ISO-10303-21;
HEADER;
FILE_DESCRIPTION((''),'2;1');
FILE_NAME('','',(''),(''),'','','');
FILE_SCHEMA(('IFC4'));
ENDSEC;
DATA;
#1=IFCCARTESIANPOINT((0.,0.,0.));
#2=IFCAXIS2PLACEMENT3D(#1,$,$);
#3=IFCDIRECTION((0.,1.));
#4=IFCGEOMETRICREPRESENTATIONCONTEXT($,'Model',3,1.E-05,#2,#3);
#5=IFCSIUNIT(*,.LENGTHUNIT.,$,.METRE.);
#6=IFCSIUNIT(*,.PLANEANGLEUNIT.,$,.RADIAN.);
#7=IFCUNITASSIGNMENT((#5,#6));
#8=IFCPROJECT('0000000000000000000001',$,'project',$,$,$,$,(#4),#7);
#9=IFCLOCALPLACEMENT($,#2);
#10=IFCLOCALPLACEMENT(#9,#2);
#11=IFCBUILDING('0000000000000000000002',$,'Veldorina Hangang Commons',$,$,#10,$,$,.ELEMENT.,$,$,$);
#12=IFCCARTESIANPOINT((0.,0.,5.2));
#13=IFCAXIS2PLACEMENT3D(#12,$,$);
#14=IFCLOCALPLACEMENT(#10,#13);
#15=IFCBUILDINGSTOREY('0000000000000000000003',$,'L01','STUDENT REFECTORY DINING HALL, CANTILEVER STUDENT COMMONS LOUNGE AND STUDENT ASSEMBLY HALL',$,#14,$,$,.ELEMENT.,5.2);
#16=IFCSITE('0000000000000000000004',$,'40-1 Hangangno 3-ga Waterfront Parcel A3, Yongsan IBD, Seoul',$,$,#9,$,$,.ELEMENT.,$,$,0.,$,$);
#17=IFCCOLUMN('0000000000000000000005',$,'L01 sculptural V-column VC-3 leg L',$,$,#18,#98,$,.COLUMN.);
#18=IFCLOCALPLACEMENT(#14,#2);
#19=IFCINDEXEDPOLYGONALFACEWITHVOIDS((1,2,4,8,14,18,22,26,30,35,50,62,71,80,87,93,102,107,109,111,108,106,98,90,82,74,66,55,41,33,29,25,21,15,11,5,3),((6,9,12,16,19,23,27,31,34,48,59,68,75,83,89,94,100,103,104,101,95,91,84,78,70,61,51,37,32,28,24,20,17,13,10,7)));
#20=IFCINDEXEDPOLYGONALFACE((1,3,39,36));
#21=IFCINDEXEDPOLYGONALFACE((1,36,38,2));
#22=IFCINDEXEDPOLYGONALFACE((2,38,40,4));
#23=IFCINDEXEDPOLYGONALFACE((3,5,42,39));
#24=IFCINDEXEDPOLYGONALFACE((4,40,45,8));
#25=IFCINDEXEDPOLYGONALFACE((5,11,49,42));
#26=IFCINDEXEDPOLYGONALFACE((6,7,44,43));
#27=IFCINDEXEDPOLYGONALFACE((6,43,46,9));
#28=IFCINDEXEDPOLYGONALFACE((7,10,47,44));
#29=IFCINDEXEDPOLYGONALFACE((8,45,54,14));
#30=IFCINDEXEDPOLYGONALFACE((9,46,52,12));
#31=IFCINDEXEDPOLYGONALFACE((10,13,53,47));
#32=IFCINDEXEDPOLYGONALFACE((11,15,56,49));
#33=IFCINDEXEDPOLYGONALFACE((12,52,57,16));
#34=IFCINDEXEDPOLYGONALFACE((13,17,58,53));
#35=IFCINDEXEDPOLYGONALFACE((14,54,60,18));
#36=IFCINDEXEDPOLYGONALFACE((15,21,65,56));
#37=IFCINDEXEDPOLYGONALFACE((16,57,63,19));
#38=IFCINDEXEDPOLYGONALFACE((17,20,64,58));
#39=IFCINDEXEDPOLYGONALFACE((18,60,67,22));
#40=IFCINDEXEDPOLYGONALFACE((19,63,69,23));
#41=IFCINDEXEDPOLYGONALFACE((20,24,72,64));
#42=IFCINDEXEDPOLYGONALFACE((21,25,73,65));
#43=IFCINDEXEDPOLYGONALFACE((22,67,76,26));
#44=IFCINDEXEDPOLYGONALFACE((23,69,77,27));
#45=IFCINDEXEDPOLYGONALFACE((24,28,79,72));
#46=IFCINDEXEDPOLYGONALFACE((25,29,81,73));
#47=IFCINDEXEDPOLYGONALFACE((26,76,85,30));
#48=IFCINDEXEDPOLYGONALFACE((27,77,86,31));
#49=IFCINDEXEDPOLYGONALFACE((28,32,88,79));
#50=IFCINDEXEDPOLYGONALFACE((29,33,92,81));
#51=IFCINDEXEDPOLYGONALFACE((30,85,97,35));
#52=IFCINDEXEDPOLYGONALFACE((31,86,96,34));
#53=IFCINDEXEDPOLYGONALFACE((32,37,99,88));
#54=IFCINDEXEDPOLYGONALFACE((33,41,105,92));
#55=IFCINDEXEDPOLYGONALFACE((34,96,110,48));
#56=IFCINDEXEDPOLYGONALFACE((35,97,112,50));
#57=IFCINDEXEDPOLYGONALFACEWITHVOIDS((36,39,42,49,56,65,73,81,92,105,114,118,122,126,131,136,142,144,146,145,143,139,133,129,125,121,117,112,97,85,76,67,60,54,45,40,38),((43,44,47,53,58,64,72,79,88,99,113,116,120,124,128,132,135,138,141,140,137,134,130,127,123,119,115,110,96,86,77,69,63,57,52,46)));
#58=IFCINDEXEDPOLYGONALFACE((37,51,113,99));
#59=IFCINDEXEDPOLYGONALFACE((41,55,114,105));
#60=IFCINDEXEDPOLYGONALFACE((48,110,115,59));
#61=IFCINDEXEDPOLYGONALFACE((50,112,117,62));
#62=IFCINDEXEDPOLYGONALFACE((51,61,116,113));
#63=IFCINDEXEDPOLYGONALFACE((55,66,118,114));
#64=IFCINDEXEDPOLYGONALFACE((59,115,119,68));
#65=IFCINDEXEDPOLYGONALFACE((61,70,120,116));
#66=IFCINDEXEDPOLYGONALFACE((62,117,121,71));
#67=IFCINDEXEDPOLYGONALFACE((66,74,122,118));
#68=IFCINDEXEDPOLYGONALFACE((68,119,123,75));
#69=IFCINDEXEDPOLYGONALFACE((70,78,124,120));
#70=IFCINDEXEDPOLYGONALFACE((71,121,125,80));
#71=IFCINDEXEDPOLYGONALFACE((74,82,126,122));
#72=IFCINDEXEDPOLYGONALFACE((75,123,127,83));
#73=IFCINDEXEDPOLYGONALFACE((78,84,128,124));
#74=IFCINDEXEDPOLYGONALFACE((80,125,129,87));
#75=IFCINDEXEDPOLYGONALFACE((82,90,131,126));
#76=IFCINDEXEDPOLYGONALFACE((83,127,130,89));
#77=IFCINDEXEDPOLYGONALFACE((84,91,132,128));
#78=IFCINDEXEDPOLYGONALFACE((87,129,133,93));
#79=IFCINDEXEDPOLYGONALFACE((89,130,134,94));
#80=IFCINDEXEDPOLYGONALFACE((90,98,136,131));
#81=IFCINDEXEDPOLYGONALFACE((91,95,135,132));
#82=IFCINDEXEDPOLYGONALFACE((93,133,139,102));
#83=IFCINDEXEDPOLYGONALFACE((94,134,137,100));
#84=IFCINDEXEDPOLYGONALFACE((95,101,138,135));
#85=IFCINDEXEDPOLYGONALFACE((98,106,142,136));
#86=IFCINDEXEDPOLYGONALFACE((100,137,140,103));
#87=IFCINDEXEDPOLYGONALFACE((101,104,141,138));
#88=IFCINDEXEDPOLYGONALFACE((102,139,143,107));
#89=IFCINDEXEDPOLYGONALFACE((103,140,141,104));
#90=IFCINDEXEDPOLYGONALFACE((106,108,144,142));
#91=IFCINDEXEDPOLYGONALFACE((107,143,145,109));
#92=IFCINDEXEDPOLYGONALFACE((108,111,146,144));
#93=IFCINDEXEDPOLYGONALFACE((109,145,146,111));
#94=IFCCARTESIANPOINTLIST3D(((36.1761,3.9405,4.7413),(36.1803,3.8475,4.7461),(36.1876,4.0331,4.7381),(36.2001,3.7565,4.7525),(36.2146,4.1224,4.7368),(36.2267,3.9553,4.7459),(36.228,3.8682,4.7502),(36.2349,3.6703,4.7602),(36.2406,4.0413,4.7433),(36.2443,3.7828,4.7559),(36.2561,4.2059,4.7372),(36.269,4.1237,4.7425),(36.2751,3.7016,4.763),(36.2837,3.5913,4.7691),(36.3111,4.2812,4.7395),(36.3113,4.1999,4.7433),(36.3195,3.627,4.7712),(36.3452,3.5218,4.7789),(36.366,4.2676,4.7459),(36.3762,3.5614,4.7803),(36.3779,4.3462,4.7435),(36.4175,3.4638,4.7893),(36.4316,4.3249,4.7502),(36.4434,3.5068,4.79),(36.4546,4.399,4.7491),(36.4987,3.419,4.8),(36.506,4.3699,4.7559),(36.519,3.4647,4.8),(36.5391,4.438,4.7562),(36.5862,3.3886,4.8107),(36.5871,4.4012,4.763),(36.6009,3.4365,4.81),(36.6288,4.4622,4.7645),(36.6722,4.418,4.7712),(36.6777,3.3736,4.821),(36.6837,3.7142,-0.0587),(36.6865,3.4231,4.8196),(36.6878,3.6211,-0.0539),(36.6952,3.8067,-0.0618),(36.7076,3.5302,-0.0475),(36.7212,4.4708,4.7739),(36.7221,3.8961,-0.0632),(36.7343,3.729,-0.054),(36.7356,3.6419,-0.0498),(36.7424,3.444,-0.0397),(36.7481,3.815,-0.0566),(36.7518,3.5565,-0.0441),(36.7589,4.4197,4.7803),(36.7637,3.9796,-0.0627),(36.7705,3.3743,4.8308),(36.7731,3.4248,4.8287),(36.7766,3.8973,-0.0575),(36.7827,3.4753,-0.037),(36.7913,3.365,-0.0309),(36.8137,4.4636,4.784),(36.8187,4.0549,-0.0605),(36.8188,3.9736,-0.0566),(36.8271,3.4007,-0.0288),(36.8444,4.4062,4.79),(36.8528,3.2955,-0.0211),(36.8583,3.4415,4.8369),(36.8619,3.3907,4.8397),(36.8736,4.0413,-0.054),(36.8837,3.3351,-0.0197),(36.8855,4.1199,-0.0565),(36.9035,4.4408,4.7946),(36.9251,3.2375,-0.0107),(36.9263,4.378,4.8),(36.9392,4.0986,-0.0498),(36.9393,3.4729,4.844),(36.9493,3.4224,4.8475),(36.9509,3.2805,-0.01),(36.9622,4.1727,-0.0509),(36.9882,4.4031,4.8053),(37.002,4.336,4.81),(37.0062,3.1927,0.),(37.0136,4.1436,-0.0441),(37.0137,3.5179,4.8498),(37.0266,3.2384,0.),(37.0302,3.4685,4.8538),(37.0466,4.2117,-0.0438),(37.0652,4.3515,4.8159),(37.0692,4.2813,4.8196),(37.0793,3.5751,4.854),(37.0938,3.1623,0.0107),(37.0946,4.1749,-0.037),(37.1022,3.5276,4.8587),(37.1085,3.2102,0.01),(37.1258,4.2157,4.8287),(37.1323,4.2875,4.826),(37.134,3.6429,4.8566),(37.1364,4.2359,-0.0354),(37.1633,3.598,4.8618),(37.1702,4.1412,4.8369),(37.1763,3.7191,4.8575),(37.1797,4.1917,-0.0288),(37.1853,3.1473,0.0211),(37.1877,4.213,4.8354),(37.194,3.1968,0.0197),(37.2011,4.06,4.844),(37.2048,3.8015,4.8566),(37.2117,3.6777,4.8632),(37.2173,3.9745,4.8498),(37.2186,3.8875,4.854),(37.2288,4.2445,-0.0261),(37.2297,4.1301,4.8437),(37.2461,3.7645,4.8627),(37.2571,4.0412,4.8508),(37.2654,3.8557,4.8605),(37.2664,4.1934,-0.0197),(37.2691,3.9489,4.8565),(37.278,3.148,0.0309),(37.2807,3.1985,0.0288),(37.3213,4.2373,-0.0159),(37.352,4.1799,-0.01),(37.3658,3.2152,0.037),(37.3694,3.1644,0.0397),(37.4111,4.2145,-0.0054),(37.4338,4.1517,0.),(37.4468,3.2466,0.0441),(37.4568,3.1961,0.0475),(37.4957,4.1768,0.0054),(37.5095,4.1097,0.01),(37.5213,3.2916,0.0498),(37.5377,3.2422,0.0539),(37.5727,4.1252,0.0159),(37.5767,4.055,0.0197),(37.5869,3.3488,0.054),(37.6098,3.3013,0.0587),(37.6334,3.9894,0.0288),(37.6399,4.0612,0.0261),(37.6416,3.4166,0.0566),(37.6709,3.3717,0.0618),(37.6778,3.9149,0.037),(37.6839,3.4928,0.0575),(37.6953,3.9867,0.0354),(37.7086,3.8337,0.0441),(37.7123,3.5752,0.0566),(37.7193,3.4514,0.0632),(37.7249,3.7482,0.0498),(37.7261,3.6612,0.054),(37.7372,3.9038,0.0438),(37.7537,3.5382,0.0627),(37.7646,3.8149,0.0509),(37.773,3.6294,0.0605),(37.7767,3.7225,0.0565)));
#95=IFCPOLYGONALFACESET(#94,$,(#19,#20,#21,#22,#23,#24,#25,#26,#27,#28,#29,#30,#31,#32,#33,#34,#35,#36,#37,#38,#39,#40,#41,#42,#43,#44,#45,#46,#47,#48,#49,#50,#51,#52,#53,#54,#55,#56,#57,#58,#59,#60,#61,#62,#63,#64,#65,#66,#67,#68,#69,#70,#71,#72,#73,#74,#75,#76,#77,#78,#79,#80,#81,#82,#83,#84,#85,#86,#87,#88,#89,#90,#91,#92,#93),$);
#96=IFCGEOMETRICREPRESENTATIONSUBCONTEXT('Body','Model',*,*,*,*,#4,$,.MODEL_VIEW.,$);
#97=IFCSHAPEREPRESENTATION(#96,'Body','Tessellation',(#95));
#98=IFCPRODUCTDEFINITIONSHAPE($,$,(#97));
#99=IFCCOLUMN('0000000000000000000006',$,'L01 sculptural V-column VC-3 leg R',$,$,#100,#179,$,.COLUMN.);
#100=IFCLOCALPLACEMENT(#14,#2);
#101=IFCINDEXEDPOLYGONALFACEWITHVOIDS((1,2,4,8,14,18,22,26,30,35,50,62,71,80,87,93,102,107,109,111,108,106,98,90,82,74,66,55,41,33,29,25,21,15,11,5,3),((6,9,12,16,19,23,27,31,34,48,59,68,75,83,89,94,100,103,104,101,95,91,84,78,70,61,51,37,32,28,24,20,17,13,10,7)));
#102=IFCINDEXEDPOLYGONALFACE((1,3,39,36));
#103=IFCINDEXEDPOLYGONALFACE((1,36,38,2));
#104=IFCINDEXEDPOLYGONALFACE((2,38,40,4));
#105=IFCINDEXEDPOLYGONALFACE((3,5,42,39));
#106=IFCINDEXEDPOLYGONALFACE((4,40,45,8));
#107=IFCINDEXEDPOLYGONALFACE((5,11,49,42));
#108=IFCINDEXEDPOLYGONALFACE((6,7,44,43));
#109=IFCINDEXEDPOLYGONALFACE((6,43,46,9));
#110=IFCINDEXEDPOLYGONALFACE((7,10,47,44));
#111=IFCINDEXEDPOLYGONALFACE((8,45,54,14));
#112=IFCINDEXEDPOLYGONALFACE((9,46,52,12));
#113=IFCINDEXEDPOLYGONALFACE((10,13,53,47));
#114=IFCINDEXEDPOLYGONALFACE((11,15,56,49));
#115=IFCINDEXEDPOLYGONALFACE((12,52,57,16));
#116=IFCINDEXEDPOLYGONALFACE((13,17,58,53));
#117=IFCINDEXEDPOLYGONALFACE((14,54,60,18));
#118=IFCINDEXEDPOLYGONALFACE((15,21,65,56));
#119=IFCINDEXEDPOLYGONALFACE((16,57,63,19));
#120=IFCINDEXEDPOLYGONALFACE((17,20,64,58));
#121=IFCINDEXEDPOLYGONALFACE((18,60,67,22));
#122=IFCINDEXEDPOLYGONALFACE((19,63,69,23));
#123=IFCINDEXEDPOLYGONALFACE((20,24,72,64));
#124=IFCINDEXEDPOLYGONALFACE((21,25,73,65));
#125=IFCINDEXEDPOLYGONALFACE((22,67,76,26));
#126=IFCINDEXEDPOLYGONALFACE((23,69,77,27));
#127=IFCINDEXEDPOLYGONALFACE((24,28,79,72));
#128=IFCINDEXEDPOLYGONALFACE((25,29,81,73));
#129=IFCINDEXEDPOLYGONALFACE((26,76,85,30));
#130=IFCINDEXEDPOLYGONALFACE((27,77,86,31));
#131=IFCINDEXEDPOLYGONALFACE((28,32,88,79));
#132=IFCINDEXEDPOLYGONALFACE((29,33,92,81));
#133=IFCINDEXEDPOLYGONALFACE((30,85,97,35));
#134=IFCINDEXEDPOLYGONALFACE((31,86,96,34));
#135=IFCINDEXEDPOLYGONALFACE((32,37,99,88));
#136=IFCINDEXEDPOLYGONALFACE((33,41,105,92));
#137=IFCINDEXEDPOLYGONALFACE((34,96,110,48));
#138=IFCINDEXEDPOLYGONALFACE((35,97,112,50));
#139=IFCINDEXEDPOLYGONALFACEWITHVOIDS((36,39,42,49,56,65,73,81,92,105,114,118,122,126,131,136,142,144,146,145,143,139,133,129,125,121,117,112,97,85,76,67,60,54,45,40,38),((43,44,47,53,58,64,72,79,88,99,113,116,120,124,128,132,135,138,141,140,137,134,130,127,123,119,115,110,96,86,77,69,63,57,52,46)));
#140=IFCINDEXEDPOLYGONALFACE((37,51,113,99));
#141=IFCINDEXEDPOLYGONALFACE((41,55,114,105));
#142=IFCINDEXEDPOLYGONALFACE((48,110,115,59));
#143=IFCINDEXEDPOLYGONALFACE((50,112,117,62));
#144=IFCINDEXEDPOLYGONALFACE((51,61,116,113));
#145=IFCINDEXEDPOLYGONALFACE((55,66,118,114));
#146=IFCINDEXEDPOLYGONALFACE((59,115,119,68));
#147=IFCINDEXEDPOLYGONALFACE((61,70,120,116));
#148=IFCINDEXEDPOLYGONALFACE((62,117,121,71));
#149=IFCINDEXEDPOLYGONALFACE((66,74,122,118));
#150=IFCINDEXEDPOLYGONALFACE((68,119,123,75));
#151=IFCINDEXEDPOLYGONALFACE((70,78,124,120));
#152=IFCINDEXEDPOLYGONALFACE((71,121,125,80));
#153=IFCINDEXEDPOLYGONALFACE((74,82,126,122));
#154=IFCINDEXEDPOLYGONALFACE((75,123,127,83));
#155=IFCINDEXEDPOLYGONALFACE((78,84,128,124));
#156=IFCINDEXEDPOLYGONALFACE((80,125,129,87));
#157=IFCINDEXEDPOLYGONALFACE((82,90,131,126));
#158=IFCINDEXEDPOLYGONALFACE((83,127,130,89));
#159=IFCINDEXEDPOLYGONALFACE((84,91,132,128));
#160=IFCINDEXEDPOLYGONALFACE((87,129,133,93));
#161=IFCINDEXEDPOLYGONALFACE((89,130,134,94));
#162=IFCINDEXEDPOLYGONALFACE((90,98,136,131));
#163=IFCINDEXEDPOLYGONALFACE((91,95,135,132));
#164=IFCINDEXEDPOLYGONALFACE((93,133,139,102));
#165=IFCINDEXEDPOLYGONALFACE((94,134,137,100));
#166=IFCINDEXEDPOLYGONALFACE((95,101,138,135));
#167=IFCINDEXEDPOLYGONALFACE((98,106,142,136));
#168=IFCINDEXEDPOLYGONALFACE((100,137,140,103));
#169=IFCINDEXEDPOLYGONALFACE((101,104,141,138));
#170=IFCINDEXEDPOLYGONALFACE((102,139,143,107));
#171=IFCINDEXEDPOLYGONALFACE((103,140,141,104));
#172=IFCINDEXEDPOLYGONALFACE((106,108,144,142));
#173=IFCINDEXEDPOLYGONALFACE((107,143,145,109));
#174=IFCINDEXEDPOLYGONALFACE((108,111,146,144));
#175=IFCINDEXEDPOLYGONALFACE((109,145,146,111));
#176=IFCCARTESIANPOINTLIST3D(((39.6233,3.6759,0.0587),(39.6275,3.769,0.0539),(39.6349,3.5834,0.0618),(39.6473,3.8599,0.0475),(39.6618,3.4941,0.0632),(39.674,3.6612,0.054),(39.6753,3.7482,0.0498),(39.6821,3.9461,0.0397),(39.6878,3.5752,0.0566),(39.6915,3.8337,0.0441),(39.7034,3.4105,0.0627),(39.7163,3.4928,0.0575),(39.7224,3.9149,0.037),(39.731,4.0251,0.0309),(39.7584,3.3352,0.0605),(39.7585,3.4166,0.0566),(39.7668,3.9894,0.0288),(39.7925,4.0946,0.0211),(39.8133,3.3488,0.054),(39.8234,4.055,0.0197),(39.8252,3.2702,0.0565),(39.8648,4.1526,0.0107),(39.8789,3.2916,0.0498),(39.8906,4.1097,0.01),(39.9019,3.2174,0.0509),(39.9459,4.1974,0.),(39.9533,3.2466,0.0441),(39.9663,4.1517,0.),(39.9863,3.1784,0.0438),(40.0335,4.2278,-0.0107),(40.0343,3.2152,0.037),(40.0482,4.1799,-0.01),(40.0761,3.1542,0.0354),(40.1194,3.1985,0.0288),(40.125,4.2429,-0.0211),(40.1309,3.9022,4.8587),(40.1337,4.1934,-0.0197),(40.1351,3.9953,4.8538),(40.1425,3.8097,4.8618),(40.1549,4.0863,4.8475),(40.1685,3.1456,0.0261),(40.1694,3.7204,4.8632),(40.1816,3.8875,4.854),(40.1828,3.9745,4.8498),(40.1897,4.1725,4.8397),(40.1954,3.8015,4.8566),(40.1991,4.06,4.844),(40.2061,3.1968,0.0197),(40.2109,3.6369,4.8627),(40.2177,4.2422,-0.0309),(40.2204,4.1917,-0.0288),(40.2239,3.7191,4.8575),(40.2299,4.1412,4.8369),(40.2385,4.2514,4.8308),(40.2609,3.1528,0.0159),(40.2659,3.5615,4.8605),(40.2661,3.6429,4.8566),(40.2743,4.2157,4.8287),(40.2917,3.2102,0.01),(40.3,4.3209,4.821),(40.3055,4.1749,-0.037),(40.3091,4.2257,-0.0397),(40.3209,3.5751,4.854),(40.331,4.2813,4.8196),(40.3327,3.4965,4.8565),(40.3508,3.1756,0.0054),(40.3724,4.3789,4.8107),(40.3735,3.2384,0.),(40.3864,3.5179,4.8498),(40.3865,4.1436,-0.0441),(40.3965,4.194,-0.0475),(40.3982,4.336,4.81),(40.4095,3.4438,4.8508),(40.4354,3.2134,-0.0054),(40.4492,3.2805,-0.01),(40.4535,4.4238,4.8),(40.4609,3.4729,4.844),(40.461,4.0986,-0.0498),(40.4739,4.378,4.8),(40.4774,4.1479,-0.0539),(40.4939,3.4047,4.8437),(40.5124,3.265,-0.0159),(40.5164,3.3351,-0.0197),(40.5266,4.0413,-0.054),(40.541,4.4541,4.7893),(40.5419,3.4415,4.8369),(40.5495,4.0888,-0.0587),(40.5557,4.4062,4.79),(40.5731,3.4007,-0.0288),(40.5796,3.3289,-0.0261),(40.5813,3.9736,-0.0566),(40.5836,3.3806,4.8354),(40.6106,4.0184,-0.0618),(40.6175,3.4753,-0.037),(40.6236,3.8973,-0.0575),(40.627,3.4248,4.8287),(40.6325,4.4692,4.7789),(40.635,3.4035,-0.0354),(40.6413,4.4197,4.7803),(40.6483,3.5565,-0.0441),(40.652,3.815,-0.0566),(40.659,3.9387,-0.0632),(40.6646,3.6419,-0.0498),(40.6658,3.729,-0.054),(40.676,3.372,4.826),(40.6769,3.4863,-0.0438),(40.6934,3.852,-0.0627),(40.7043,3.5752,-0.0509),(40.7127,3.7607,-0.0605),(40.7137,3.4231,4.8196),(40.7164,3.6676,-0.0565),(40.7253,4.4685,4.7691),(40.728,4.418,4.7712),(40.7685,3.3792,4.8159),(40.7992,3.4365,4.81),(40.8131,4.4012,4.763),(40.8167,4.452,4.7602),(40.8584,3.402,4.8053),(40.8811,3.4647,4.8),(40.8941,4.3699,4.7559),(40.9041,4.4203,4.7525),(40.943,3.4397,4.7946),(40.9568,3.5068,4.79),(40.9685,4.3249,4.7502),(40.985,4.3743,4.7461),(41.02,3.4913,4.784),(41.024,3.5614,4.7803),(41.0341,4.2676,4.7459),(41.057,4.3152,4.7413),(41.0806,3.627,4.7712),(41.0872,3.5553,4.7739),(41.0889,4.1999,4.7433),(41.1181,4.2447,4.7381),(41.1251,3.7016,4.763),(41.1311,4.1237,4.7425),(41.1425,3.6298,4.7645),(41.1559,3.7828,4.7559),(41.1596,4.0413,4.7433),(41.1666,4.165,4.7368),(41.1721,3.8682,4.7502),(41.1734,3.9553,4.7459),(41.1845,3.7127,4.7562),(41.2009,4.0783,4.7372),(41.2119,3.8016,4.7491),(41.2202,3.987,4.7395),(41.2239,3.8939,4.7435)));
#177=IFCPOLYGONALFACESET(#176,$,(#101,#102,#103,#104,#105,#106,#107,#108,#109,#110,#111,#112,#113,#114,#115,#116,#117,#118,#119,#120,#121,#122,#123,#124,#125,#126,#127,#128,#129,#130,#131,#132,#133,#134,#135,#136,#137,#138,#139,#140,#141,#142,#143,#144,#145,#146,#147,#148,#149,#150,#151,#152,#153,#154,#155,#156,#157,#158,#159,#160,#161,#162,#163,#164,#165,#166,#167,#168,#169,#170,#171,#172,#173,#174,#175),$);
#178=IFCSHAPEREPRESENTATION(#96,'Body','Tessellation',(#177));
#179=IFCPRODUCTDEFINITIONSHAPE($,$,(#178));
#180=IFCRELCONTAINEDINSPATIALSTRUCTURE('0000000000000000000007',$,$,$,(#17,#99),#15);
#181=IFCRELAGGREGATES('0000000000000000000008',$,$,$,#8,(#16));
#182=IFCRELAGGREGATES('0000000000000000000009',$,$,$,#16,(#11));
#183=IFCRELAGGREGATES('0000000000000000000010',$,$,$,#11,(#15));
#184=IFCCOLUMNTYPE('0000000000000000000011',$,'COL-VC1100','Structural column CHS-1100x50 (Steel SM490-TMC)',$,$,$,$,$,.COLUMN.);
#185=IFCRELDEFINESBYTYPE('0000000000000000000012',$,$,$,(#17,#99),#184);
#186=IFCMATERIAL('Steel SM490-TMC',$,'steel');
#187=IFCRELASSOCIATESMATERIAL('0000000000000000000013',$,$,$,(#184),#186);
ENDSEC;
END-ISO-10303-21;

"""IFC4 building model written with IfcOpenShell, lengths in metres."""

from ifc_helpers import new_model, si_unit, direction, frame, origin, origin_2d, place, context, subcontext, project, spatial, hollow_circle, extrude, material, material_profile, profile_set, type_object, element, save


model = new_model("IFC4")

# Units and contexts
model_context = context("Model", 3, precision=1e-05, world=origin(), true_north=direction((0.0, 1.0)))
body_context = subcontext(model_context, "Body", "Model", "MODEL_VIEW")
ifc_project = project(units=[si_unit("LENGTHUNIT", "METRE"), si_unit("PLANEANGLEUNIT", "RADIAN")], contexts=[model_context])

# Site, building, storey
site_placement = place(None, origin())
site = spatial("IfcSite", under=ifc_project, at=site_placement, Name="40-1 Hangangno 3-ga Waterfront Parcel A3, Yongsan IBD, Seoul", CompositionType="ELEMENT", RefElevation=0.0)
building_placement = place(site_placement, origin())
building = spatial("IfcBuilding", under=site, at=building_placement, Name="Veldorina Hangang Commons", CompositionType="ELEMENT")
storey_placement = place(building_placement, frame((0.0, 0.0, 5.2)))
storey = spatial("IfcBuildingStorey", under=building, at=storey_placement, Name="L01", Description="STUDENT REFECTORY DINING HALL, CANTILEVER STUDENT COMMONS LOUNGE AND STUDENT ASSEMBLY HALL", CompositionType="ELEMENT", Elevation=5.2)

# Columns
ifc_material_1 = material(Name="Steel SM490-TMC", Category="steel")
ifc_material_profile_1 = material_profile(ifc_material_1, hollow_circle(Radius=0.55, WallThickness=0.05, at=origin_2d()), Name="CHS-1100x50")
ifc_profile_set_1 = profile_set([ifc_material_profile_1], Name="Steel SM490-TMC")
column_type = type_object("IfcColumnType", Name="COL-VC1100", Description="Structural column CHS-1100x50 (Steel SM490-TMC)", PredefinedType="COLUMN", material=ifc_profile_set_1)
for number, where, z_axis, x_axis, name in (
    (1, (37.2302, 3.6951, 0.0), (-0.105041, 0.046836, 0.993364), (-0.407239, -0.913322, 0.0), "L01 sculptural V-column VC-3 leg L"),
    (2, (40.1699, 3.6951, 0.0), (0.105041, 0.046836, 0.993364), (-0.407239, 0.913322, 0.0), "L01 sculptural V-column VC-3 leg R"),
):
    element("IfcColumn", number, at=place(storey_placement, frame(where, z_axis=z_axis, x_axis=x_axis)), inside=storey, type_object=column_type, Name=name, PredefinedType="COLUMN", context=body_context, shape_type="SweptSolid", body=[
        extrude(hollow_circle(Radius=0.55, WallThickness=0.05, at=origin_2d()), origin(), (0.0, 0.0, 1.0), 4.832),
    ])

save(model, "model.ifc")
